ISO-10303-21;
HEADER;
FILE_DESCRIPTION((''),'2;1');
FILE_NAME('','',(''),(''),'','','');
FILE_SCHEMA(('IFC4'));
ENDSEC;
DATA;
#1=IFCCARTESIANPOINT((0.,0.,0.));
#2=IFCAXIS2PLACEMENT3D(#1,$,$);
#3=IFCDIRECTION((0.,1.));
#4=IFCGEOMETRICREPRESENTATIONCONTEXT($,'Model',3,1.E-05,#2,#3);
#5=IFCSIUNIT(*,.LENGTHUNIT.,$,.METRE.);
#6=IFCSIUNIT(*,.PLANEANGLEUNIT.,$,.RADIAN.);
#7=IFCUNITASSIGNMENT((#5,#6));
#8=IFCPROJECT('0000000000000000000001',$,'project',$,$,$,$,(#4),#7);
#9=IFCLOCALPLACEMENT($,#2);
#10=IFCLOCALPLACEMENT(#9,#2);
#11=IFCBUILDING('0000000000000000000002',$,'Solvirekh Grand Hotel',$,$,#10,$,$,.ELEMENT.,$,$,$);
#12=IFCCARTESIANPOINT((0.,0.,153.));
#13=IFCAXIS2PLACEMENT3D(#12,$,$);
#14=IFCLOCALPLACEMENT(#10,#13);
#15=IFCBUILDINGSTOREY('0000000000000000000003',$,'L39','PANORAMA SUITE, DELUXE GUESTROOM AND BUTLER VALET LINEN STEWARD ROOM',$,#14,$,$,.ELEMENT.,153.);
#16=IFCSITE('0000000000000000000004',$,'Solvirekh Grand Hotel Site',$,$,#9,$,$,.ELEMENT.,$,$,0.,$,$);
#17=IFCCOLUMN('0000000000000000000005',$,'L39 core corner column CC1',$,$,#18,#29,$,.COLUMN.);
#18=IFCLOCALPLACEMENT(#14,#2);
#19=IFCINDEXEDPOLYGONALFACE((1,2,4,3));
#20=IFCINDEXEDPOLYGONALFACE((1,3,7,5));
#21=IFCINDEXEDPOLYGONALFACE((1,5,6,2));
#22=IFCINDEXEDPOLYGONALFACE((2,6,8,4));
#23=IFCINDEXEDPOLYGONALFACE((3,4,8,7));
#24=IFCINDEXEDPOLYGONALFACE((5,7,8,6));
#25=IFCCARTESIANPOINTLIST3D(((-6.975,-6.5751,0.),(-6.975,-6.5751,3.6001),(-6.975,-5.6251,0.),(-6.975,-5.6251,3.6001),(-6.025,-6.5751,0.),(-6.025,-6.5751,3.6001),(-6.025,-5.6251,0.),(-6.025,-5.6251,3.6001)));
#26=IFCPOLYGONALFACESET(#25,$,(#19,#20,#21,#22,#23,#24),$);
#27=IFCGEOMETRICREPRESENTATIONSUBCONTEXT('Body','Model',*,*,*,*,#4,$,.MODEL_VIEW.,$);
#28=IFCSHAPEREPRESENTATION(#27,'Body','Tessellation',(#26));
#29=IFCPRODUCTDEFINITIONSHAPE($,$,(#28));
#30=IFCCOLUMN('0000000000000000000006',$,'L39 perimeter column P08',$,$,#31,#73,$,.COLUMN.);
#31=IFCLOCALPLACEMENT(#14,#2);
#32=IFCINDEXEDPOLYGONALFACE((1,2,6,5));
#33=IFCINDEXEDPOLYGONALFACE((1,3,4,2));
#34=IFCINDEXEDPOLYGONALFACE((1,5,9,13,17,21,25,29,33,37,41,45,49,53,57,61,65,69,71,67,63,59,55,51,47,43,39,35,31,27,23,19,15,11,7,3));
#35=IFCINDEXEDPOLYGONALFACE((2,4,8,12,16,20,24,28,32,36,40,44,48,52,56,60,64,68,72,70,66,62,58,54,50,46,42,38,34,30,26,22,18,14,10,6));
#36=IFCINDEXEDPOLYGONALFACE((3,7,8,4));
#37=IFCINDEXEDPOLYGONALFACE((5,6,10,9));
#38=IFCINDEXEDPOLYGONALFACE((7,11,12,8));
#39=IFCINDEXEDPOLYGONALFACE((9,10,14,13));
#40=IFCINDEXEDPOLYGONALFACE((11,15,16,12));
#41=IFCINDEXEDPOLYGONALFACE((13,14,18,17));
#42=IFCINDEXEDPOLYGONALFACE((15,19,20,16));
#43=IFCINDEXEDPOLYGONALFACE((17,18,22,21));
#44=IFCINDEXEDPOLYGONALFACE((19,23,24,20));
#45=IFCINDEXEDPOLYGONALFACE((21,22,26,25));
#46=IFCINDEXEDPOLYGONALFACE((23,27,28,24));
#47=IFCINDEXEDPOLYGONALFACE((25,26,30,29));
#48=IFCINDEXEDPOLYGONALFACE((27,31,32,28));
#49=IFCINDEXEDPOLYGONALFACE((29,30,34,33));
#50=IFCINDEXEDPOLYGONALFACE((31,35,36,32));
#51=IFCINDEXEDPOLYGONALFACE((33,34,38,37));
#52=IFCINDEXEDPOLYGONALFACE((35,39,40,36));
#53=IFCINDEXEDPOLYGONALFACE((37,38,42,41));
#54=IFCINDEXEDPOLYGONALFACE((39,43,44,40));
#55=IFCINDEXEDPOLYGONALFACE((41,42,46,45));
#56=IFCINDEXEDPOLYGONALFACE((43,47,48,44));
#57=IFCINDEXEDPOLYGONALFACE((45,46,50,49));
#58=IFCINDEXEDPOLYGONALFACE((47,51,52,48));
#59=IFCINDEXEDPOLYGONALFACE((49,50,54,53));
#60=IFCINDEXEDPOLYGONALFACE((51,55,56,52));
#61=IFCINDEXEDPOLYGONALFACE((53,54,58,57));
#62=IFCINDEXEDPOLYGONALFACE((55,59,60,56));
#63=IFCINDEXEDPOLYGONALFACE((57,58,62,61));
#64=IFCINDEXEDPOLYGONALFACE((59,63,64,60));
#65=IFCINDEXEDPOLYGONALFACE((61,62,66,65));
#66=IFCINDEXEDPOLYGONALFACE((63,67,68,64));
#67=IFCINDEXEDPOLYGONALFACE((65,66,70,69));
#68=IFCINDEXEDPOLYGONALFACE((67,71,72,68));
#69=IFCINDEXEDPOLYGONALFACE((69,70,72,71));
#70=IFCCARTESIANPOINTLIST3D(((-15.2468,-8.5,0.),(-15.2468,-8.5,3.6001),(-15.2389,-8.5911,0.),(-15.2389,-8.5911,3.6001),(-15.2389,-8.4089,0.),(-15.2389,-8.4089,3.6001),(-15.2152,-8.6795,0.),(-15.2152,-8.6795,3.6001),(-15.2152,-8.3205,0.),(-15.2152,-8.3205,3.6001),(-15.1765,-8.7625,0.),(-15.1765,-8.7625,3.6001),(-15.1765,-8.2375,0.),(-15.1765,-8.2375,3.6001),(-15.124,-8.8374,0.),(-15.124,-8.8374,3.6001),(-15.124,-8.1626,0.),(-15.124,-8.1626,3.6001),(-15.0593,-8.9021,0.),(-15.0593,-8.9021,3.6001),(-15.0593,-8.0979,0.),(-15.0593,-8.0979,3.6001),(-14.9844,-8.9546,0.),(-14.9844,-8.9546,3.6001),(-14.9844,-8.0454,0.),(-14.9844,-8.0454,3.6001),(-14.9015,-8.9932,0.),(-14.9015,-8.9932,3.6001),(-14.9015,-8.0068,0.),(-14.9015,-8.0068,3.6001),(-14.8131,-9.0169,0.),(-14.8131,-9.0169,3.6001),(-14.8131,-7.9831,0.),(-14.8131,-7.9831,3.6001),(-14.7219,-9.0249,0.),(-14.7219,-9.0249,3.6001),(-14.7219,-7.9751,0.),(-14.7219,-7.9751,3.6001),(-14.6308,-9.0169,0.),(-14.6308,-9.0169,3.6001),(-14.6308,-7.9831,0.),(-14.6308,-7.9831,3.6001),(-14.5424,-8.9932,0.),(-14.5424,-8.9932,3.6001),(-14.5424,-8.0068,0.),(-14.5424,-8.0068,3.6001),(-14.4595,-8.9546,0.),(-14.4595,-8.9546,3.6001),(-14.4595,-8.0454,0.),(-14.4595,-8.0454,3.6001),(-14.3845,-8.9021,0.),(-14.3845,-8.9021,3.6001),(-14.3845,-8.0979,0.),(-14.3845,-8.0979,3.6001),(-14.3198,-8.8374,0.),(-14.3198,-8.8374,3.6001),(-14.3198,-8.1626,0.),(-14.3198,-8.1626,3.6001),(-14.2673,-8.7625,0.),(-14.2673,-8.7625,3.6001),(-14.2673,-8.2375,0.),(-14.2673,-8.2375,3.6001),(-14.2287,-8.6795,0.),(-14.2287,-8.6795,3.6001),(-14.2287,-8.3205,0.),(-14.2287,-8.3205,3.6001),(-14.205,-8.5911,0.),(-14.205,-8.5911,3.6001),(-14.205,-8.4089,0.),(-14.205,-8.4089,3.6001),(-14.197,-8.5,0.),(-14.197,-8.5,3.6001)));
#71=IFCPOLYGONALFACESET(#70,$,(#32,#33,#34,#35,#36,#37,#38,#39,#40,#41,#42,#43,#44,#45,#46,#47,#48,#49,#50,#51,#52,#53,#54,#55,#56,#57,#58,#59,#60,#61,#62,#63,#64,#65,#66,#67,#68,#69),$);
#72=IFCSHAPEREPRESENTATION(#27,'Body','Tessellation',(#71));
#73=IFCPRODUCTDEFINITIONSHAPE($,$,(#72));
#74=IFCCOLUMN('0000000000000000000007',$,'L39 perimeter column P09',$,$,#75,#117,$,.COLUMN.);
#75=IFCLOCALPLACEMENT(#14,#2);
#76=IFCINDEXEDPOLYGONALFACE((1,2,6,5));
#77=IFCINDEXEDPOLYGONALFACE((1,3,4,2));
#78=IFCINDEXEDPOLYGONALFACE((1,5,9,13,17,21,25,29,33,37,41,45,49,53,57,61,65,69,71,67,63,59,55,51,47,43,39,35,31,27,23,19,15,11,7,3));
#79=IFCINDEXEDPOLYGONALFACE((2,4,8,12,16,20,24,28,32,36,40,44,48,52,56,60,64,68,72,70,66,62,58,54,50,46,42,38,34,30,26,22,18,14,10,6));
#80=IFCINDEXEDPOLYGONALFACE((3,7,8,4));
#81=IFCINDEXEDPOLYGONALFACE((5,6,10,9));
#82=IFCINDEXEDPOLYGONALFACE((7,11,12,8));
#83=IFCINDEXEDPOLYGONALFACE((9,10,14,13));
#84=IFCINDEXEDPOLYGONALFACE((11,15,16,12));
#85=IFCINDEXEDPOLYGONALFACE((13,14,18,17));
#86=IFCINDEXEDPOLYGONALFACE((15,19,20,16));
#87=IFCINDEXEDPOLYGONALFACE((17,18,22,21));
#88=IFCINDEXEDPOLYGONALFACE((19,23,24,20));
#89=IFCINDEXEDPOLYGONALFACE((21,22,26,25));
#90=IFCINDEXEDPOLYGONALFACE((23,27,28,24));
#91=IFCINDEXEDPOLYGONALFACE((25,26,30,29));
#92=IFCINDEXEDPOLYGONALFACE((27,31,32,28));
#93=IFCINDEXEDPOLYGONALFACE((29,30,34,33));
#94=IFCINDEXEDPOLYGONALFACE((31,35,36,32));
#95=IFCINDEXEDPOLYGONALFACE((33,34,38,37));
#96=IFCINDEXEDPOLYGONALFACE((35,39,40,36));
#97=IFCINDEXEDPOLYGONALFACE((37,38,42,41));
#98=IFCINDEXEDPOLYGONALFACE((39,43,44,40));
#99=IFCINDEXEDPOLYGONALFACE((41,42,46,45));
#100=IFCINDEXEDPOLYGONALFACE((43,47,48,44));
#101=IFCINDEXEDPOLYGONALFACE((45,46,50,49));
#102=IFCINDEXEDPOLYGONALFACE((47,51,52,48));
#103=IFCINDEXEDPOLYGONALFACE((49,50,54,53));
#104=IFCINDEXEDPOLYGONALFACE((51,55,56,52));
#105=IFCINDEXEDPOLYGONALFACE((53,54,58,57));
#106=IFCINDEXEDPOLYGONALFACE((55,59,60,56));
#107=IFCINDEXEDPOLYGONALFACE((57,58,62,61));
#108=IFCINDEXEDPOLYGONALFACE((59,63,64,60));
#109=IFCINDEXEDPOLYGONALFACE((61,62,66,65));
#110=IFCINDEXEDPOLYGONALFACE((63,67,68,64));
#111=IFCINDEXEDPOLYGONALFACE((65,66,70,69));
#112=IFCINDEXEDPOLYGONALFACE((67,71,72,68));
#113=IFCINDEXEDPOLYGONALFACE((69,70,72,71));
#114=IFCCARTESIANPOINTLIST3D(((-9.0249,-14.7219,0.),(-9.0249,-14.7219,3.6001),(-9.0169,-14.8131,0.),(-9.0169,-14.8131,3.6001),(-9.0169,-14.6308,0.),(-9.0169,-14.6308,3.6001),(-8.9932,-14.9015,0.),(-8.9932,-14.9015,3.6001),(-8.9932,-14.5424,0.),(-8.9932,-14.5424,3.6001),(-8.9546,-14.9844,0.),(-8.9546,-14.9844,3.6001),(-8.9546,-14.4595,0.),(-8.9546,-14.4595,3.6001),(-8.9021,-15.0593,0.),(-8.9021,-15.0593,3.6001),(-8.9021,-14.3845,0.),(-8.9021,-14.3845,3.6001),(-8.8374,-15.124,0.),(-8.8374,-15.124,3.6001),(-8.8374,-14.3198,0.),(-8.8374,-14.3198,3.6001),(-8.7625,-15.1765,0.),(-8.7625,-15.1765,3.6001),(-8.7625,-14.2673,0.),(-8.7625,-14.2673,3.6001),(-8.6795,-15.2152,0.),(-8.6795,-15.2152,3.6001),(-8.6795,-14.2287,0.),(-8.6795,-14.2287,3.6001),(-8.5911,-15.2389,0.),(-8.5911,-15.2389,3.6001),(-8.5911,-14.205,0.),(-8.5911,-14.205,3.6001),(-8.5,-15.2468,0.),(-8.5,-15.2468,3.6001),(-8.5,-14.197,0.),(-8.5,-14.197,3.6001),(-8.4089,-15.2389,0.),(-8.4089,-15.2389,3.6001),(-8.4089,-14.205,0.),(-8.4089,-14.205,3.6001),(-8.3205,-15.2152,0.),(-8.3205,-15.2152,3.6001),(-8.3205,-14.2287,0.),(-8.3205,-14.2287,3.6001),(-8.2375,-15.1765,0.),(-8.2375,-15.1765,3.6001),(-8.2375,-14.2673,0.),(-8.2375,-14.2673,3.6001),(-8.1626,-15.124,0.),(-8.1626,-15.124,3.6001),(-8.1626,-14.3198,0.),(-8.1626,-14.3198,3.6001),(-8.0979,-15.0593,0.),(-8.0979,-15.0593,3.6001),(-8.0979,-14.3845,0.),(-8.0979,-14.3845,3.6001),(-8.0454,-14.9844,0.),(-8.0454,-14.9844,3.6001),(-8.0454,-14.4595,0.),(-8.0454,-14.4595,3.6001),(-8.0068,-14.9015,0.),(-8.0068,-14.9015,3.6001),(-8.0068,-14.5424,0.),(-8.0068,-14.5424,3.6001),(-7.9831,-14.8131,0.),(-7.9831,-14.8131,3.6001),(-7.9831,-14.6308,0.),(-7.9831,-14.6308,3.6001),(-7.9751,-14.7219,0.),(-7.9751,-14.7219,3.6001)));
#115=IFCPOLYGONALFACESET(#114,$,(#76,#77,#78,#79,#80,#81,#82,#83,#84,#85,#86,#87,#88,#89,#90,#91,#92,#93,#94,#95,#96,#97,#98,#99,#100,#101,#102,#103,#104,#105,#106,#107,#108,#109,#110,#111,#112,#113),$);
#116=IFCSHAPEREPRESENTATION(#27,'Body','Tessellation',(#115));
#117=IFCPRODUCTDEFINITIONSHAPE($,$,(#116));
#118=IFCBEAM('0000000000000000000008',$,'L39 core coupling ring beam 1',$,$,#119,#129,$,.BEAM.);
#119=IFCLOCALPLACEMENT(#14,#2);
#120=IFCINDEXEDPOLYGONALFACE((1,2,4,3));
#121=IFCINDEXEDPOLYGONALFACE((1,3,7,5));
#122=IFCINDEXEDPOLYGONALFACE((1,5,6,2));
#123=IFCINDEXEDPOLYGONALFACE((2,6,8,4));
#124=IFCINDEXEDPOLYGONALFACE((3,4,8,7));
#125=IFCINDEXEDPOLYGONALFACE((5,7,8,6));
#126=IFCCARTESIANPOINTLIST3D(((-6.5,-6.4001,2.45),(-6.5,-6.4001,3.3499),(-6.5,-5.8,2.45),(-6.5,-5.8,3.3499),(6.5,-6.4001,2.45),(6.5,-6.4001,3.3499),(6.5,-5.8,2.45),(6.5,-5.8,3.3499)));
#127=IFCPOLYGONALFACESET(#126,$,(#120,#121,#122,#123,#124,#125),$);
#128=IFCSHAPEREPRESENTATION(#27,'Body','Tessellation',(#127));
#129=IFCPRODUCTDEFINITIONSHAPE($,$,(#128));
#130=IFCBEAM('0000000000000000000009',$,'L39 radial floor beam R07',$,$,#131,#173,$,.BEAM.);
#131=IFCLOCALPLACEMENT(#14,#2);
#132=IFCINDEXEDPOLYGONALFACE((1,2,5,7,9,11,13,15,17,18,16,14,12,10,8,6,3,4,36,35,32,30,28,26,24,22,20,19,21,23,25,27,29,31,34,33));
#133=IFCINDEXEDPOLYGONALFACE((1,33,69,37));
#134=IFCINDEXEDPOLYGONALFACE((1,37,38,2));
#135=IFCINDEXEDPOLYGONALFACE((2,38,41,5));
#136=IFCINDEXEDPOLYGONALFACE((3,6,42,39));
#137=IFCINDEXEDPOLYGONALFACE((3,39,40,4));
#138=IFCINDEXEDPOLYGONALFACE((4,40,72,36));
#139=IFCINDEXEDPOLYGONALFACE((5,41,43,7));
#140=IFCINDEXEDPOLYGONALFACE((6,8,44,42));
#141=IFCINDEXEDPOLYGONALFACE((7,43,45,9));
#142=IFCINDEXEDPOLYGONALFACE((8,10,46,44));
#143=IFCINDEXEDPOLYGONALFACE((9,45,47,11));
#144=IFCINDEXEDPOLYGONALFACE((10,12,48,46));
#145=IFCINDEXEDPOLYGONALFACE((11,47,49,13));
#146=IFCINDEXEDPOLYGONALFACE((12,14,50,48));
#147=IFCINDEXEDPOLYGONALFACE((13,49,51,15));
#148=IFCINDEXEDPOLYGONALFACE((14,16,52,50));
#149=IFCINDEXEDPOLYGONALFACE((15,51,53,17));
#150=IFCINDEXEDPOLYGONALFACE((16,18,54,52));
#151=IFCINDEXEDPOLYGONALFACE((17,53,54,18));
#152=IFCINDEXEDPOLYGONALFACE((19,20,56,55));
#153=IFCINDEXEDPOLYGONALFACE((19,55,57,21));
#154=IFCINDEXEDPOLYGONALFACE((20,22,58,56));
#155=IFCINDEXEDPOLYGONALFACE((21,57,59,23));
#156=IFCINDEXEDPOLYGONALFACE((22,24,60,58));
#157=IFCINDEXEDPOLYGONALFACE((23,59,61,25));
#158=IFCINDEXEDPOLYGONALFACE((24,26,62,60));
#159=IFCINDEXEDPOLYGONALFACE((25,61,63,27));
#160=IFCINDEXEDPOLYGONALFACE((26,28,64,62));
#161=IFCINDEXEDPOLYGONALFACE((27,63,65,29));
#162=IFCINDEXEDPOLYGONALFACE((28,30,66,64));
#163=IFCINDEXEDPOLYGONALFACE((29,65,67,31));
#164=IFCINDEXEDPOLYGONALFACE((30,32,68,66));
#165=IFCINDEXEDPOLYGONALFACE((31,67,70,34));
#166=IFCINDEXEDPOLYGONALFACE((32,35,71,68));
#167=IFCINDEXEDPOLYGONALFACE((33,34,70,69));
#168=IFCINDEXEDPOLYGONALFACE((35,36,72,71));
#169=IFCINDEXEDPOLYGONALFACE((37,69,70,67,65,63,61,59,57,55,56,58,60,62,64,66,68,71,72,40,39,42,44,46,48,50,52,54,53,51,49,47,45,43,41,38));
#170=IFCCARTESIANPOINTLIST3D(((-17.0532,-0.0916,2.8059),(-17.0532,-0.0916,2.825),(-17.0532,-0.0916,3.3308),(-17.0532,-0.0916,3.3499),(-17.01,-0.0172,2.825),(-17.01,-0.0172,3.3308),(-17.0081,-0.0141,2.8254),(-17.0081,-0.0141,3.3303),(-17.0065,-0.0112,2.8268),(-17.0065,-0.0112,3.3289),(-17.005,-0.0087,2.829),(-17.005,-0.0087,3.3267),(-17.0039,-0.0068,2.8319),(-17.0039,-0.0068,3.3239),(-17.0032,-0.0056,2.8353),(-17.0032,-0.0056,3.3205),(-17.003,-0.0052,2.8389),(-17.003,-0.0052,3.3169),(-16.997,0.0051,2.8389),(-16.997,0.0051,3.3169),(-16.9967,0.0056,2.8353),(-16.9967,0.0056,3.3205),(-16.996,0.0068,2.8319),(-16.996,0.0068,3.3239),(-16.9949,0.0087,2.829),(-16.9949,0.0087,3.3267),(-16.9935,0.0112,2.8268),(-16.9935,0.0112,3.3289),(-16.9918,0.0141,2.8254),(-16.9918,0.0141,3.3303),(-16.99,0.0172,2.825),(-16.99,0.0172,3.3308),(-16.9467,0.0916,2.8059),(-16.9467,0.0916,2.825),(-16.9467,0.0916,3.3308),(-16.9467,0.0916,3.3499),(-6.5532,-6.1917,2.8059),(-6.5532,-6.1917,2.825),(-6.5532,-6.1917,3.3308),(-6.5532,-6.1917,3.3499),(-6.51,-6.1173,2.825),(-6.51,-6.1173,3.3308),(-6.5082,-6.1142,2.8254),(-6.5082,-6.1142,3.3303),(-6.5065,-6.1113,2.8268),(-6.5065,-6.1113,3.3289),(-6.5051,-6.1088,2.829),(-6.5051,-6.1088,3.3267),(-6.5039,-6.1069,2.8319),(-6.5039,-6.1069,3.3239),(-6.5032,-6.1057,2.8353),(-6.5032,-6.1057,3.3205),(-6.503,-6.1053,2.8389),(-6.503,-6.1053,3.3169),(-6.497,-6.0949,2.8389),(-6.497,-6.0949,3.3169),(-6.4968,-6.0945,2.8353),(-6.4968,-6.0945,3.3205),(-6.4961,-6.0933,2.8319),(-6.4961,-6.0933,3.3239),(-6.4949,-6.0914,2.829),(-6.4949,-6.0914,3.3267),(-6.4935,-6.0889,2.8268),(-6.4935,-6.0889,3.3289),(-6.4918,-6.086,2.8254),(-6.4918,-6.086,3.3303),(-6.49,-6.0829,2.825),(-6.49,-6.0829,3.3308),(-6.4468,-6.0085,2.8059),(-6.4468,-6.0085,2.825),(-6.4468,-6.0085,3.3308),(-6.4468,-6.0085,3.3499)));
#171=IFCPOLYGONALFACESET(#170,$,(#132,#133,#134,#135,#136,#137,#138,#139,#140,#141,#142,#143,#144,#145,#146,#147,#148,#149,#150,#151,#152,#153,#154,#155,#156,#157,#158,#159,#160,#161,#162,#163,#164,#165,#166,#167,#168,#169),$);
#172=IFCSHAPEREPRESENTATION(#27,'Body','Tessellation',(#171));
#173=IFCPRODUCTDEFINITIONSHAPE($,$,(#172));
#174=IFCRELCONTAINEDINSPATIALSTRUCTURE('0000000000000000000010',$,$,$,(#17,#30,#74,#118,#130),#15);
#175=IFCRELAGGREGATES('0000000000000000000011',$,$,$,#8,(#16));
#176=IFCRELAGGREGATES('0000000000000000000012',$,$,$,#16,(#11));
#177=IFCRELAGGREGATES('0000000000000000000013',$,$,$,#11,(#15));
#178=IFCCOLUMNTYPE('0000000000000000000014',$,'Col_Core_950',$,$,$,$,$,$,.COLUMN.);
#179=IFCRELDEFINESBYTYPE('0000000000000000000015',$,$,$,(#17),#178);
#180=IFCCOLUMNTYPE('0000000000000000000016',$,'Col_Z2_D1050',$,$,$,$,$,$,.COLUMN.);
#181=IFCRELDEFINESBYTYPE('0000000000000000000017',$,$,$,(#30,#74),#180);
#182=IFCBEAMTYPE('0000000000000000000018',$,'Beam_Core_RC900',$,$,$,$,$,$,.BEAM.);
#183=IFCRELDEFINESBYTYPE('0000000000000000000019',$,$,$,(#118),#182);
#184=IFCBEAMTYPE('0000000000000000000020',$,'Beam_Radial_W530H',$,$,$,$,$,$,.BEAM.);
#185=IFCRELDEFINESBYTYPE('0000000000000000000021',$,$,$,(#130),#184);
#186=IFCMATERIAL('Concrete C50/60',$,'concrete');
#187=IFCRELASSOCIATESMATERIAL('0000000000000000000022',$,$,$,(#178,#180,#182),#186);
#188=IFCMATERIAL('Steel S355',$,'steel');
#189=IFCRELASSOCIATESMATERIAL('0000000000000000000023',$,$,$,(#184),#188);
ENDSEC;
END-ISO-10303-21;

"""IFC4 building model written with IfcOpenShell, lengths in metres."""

from ifc_helpers import new_model, si_unit, direction, frame, origin, origin_2d, place, context, subcontext, project, spatial, rectangle, circle, i_section, extrude, material, material_profile, profile_set, type_object, element, save


model = new_model("IFC4")

# Units and contexts
model_context = context("Model", 3, precision=1e-05, world=origin(), true_north=direction((0.0, 1.0)))
body_context = subcontext(model_context, "Body", "Model", "MODEL_VIEW")
ifc_project = project(units=[si_unit("LENGTHUNIT", "METRE"), si_unit("PLANEANGLEUNIT", "RADIAN")], contexts=[model_context])

# Site, building, storey
site_placement = place(None, origin())
site = spatial("IfcSite", under=ifc_project, at=site_placement, Name="Solvirekh Grand Hotel Site", CompositionType="ELEMENT", RefElevation=0.0)
building_placement = place(site_placement, origin())
building = spatial("IfcBuilding", under=site, at=building_placement, Name="Solvirekh Grand Hotel", CompositionType="ELEMENT")
storey_placement = place(building_placement, frame((0.0, 0.0, 153.0)))
storey = spatial("IfcBuildingStorey", under=building, at=storey_placement, Name="L39", Description="PANORAMA SUITE, DELUXE GUESTROOM AND BUTLER VALET LINEN STEWARD ROOM", CompositionType="ELEMENT", Elevation=153.0)

# Columns
ifc_material_1 = material(Name="Concrete C50/60", Category="concrete")
ifc_material_profile_1 = material_profile(ifc_material_1, rectangle(XDim=0.95, YDim=0.95, at=origin_2d()), Name="RC 950X950")
ifc_profile_set_1 = profile_set([ifc_material_profile_1], Name="Concrete C50/60")
column_type_1 = type_object("IfcColumnType", Name="Col_Core_950", PredefinedType="COLUMN", material=ifc_profile_set_1)
column_placement = place(storey_placement, frame((-6.5, -6.1001, 0.0), z_axis=(0.0, 0.0, 1.0), x_axis=(1.0, 0.0, 0.0)))
element("IfcColumn", 1, at=column_placement, inside=storey, type_object=column_type_1, Name="L39 core corner column CC1", PredefinedType="COLUMN", context=body_context, shape_type="SweptSolid", body=[
    extrude(rectangle(XDim=0.95, YDim=0.95, at=origin_2d()), origin(), (0.0, 0.0, 1.0), 3.6001),
])
ifc_material_profile_2 = material_profile(ifc_material_1, circle(Radius=0.5249, at=origin_2d()), Name="RC CIRC D1050")
ifc_profile_set_2 = profile_set([ifc_material_profile_2], Name="Concrete C50/60")
column_type_2 = type_object("IfcColumnType", Name="Col_Z2_D1050", PredefinedType="COLUMN", material=ifc_profile_set_2)
for number, where, z_axis, x_axis, name in (
    (2, (-14.7219, -8.5, 0.0), (0.0, 0.0, 1.0), (1.0, 0.0, 0.0), "L39 perimeter column P08"),
    (3, (-8.5, -14.7219, 0.0), (0.0, 0.0, 1.0), (1.0, 0.0, 0.0), "L39 perimeter column P09"),
):
    element("IfcColumn", number, at=place(storey_placement, frame(where, z_axis=z_axis, x_axis=x_axis)), inside=storey, type_object=column_type_2, Name=name, PredefinedType="COLUMN", context=body_context, shape_type="SweptSolid", body=[
        extrude(circle(Radius=0.5249, at=origin_2d()), origin(), (0.0, 0.0, 1.0), 3.6001),
    ])

# Beams
ifc_material_profile_3 = material_profile(ifc_material_1, rectangle(XDim=0.6001, YDim=0.8999, at=origin_2d()), Name="RC BEAM 600X900")
ifc_profile_set_3 = profile_set([ifc_material_profile_3], Name="Concrete C50/60")
beam_type_1 = type_object("IfcBeamType", Name="Beam_Core_RC900", PredefinedType="BEAM", material=ifc_profile_set_3)
beam_1_placement = place(storey_placement, frame((-6.5, -6.1001, 2.8999), z_axis=(1.0, 0.0, 0.0), x_axis=(0.0, 1.0, 0.0)))
element("IfcBeam", 4, at=beam_1_placement, inside=storey, type_object=beam_type_1, Name="L39 core coupling ring beam 1", PredefinedType="BEAM", context=body_context, shape_type="SweptSolid", body=[
    extrude(rectangle(XDim=0.6001, YDim=0.8999, at=origin_2d()), origin(), (0.0, 0.0, 1.0), 13.0),
])
ifc_material_2 = material(Name="Steel S355", Category="steel")
ifc_material_profile_4 = material_profile(ifc_material_2, i_section(OverallWidth=0.2119, OverallDepth=0.5439, WebThickness=0.012, FlangeThickness=0.019, FilletRadius=0.0139, at=origin_2d()), Name="W530X123")
ifc_profile_set_4 = profile_set([ifc_material_profile_4], Name="Steel S355")
beam_type_2 = type_object("IfcBeamType", Name="Beam_Radial_W530H", PredefinedType="BEAM", material=ifc_profile_set_4)
beam_2_placement = place(storey_placement, frame((-6.5, -6.1001, 3.0779), z_axis=(-0.86467, 0.50234, 0.0), x_axis=(-0.50234, -0.86467, 0.0)))
element("IfcBeam", 5, at=beam_2_placement, inside=storey, type_object=beam_type_2, Name="L39 radial floor beam R07", PredefinedType="BEAM", context=body_context, shape_type="SweptSolid", body=[
    extrude(i_section(OverallWidth=0.2119, OverallDepth=0.5439, WebThickness=0.012, FlangeThickness=0.019, FilletRadius=0.0139, at=origin_2d()), origin(), (0.0, 0.0, 1.0), 12.1433),
])

save(model, "model.ifc")
